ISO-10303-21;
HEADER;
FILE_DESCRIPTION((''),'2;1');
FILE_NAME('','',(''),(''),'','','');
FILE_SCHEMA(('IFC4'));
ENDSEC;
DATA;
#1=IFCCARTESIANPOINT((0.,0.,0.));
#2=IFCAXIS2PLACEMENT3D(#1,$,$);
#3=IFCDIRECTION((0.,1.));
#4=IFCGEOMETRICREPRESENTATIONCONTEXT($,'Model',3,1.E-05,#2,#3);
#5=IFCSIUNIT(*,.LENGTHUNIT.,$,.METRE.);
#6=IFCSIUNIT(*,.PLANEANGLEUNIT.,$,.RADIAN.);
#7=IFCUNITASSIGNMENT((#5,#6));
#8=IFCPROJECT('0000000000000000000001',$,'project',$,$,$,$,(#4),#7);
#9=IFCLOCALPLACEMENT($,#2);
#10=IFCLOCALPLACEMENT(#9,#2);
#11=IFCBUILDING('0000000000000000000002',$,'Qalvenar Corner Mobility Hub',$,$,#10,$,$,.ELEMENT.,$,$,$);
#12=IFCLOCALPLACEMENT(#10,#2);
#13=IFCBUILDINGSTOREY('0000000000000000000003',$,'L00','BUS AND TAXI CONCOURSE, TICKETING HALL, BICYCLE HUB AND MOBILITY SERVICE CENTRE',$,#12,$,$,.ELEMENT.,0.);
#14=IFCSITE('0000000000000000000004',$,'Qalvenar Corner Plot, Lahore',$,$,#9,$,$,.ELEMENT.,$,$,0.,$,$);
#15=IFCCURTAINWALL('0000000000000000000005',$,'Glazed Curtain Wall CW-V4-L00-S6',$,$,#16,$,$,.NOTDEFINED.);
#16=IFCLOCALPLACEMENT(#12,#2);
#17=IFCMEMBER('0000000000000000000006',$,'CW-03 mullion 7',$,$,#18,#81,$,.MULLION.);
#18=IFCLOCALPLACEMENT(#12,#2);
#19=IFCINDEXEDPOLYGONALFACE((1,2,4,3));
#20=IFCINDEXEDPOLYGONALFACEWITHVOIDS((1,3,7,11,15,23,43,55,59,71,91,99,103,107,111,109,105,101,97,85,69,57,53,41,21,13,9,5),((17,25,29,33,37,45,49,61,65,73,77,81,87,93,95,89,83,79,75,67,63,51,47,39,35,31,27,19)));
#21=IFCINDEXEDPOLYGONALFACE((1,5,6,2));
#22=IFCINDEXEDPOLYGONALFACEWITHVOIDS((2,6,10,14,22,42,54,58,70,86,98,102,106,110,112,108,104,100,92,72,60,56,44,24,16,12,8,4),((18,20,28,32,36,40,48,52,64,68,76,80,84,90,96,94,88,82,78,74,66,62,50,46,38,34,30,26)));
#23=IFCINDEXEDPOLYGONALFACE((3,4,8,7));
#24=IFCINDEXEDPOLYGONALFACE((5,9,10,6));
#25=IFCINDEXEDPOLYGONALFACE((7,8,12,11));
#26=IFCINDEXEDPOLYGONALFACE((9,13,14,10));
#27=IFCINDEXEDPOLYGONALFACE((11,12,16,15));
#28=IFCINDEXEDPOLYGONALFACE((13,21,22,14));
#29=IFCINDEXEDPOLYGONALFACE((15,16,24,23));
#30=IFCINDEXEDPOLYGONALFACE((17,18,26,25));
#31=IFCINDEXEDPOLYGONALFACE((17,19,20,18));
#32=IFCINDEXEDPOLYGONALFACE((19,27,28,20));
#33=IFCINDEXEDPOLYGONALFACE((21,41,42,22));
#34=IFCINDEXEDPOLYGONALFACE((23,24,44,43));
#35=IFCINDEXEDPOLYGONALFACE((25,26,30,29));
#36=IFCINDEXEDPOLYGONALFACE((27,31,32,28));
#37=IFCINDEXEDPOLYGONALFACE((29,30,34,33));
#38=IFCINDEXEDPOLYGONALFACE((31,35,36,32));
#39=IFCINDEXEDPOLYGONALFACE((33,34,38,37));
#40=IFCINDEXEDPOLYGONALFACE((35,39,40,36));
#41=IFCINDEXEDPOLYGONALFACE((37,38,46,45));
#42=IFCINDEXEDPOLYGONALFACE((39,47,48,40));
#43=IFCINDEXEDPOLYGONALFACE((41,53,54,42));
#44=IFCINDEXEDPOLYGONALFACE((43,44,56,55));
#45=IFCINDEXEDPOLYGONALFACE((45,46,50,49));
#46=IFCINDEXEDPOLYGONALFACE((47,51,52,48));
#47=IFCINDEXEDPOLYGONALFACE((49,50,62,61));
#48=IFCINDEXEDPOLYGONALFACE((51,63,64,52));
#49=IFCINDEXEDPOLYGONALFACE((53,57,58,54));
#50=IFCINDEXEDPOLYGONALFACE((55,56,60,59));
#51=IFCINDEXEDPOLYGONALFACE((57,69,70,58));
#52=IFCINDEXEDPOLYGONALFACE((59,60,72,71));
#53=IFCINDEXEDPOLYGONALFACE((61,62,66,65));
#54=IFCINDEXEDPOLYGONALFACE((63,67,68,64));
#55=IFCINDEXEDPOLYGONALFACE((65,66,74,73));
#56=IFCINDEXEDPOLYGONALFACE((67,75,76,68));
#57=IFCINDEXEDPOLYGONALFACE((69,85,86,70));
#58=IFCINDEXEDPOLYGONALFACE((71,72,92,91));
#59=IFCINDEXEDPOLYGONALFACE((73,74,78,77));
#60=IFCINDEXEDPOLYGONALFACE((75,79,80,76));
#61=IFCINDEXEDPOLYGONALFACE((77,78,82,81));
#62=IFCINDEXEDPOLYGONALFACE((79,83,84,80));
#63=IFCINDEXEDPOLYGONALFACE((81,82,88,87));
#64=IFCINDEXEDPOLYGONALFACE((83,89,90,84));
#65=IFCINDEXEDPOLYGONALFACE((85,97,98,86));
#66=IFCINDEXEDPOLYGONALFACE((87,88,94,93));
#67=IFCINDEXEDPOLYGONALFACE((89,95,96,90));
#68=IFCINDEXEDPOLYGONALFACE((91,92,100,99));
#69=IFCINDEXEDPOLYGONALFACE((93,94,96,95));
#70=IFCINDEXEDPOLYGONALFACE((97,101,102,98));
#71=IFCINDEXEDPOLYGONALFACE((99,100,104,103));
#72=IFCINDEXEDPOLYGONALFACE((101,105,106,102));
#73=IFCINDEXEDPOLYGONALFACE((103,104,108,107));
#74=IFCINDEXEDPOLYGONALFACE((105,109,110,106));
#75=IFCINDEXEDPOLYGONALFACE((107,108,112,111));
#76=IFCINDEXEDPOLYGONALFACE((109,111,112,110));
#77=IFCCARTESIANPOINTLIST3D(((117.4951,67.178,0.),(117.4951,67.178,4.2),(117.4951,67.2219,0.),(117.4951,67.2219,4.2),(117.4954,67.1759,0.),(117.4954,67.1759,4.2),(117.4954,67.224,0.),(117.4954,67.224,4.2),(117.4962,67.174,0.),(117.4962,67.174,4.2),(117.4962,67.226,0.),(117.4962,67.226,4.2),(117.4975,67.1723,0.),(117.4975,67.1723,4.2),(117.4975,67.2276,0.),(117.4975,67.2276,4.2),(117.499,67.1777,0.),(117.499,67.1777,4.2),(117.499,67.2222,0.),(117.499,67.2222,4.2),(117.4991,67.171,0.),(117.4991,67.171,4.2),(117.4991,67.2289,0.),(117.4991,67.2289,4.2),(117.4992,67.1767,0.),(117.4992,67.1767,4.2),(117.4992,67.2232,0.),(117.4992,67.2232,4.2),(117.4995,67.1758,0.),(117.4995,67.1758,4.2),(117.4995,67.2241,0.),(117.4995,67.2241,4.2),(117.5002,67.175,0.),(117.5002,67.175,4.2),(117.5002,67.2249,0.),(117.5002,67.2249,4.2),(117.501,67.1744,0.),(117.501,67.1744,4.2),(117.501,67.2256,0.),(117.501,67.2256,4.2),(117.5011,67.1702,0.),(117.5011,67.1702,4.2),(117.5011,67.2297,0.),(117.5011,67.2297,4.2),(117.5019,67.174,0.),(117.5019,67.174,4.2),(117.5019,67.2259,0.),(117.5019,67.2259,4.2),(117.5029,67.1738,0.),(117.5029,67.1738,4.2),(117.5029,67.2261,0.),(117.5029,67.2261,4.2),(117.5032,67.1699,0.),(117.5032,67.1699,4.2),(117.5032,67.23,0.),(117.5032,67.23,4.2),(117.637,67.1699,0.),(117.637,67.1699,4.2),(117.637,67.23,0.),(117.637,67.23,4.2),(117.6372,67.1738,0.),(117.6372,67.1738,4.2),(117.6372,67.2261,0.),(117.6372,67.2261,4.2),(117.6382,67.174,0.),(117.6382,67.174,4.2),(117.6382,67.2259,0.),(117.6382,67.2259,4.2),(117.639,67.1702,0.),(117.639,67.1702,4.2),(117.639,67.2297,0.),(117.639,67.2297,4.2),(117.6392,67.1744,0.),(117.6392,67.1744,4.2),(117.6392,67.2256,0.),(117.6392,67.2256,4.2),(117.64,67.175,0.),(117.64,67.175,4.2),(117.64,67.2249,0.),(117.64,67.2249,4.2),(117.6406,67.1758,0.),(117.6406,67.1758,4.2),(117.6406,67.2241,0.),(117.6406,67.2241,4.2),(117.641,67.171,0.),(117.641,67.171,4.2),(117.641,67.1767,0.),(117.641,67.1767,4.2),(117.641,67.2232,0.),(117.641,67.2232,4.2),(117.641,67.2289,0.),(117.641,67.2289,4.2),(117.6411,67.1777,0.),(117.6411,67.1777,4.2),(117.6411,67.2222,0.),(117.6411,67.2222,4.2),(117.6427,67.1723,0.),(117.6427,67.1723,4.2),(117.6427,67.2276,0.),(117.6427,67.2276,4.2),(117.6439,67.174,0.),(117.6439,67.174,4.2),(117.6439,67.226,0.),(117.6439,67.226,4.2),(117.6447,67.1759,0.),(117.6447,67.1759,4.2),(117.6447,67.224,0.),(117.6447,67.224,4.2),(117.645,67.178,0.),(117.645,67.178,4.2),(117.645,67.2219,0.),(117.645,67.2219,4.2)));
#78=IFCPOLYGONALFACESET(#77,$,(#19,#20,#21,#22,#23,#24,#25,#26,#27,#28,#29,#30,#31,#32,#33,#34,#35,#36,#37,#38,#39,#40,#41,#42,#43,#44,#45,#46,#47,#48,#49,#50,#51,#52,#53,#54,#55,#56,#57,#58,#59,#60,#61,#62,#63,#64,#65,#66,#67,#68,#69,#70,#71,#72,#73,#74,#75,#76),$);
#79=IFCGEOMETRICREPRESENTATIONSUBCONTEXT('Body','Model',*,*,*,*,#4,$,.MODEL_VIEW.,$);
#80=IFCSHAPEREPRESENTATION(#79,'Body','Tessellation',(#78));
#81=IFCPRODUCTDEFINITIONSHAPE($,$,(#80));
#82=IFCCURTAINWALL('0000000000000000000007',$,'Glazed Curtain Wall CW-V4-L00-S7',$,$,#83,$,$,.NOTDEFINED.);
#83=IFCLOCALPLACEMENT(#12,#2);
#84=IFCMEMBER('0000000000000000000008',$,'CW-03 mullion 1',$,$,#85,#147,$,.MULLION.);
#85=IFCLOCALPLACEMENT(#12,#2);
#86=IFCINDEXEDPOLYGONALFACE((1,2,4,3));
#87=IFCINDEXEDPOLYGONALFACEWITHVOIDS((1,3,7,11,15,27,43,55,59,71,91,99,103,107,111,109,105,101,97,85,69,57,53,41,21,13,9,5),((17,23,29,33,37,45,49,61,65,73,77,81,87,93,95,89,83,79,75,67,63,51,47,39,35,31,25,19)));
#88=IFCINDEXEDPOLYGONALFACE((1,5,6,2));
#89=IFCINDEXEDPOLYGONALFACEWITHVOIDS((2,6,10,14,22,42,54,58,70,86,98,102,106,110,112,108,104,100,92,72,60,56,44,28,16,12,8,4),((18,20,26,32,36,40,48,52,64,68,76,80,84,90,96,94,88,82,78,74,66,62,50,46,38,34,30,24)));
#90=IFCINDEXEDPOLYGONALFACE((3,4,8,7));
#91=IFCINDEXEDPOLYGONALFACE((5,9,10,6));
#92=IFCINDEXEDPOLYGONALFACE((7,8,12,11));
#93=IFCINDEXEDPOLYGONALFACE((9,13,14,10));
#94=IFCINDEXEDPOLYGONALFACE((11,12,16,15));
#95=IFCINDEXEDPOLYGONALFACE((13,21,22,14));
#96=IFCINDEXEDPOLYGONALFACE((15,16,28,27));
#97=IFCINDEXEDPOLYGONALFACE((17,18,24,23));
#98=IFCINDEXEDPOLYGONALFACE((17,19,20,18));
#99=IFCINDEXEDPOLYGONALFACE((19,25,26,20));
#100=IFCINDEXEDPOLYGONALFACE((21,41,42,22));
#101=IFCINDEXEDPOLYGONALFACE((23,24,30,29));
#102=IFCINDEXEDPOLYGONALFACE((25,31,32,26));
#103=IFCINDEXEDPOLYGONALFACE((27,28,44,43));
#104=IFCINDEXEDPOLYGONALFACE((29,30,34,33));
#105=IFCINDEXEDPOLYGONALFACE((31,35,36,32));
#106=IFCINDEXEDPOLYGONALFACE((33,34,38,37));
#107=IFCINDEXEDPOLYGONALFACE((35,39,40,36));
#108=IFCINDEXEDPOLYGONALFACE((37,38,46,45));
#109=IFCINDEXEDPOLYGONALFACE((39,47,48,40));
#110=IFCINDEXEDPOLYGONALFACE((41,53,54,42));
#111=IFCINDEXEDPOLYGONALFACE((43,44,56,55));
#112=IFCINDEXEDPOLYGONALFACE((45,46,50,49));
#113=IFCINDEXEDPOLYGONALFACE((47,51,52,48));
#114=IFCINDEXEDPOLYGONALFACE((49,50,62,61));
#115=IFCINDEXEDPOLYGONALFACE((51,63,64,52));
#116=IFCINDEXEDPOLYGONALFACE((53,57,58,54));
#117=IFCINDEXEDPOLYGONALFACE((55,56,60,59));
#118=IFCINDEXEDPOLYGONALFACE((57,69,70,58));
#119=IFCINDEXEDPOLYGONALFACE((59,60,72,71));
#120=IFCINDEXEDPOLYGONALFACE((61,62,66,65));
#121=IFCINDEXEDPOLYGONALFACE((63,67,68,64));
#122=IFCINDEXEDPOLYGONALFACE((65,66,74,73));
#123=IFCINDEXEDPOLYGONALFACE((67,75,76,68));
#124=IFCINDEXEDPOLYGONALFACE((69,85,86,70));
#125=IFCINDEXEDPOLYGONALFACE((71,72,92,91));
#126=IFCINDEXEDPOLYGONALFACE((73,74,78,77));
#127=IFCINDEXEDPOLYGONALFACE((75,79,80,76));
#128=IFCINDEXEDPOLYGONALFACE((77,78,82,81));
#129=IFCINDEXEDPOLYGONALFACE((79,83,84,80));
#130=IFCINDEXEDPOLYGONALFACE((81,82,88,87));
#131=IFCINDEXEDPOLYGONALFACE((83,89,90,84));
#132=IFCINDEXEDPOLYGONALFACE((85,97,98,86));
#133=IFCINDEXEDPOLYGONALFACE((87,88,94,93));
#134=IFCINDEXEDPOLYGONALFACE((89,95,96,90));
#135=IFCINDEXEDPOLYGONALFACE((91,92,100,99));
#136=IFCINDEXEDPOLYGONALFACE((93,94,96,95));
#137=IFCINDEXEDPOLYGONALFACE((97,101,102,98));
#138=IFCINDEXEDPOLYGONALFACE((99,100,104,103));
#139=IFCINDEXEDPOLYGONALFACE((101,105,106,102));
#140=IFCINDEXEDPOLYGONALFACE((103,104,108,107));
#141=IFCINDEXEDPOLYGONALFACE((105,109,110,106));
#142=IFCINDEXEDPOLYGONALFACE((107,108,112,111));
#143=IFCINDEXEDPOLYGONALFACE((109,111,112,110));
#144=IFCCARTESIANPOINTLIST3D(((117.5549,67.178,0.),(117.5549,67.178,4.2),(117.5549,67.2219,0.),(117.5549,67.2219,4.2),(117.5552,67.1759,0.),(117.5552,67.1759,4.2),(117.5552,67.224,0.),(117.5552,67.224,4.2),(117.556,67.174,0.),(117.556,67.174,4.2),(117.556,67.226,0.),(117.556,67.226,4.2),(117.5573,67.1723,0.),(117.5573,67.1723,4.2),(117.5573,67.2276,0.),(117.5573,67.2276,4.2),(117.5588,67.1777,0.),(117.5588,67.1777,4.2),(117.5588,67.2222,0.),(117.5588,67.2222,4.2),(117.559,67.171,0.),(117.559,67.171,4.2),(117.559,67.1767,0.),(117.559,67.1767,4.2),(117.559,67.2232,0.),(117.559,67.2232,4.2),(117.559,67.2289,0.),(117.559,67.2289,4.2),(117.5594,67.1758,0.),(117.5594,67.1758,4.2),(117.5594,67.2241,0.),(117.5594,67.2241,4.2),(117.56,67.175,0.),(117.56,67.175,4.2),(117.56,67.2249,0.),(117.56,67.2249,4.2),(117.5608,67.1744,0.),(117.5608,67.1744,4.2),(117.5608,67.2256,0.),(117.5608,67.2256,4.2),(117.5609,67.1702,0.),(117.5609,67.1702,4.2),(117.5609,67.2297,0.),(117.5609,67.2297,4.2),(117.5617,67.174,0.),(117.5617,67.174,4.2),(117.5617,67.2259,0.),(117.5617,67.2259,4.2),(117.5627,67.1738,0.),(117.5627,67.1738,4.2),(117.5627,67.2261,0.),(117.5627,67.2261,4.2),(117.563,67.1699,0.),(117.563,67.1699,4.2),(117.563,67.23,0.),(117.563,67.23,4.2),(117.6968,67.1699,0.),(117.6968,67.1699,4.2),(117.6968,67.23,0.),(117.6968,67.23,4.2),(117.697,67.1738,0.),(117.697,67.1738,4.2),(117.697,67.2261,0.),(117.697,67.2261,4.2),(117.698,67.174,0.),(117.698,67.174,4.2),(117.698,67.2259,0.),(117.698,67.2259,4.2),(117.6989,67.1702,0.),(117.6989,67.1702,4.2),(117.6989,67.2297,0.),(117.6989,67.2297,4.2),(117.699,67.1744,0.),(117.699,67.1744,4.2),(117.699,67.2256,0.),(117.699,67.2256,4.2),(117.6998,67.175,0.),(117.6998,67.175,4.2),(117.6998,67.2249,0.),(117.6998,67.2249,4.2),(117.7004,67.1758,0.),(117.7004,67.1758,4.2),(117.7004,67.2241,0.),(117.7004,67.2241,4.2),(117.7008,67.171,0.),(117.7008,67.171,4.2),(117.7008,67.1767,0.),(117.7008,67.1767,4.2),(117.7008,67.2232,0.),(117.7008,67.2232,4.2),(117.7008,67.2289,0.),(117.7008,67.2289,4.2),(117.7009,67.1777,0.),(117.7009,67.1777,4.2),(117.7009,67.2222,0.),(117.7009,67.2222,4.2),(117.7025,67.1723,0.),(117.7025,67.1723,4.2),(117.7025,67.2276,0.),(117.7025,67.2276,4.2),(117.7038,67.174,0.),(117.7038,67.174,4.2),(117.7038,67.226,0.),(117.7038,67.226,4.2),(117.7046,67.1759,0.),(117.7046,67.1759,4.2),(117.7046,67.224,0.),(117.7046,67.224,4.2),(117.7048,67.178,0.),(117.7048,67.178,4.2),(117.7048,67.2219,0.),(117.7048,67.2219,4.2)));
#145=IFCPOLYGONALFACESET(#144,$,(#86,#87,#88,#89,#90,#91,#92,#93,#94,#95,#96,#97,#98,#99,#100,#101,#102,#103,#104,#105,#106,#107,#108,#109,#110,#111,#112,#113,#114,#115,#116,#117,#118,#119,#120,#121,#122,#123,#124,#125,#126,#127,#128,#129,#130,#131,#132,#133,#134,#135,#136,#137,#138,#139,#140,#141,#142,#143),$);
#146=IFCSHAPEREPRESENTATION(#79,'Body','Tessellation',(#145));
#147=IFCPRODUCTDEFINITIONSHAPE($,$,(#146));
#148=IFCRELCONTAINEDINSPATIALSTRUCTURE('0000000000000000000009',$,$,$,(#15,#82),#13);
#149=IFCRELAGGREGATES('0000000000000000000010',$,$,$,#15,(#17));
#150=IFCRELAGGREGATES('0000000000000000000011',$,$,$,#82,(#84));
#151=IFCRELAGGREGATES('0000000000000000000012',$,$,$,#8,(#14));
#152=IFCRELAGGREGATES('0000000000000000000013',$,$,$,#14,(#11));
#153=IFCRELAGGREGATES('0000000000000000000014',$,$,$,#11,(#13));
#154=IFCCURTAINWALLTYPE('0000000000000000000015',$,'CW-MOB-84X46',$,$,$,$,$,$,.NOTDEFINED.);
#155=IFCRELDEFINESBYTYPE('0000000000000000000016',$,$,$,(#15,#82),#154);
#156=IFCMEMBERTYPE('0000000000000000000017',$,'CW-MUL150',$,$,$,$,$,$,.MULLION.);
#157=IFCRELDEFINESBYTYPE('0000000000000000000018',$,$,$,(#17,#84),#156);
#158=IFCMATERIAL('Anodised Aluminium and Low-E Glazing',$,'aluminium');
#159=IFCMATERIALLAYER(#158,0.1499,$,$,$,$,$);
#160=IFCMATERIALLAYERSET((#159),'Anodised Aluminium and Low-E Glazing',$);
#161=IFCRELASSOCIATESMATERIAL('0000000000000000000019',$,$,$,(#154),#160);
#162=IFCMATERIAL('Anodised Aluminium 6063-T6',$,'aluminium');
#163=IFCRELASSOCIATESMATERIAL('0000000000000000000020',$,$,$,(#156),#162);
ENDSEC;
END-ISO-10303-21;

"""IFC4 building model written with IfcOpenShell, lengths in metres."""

from ifc_helpers import new_model, si_unit, direction, frame, origin, origin_2d, place, context, subcontext, project, spatial, hollow_rectangle, extrude, material, layer, layer_set, material_profile, profile_set, type_object, element, aggregate, save


model = new_model("IFC4")

# Units and contexts
model_context = context("Model", 3, precision=1e-05, world=origin(), true_north=direction((0.0, 1.0)))
body_context = subcontext(model_context, "Body", "Model", "MODEL_VIEW")
ifc_project = project(units=[si_unit("LENGTHUNIT", "METRE"), si_unit("PLANEANGLEUNIT", "RADIAN")], contexts=[model_context])

# Site, building, storey
site_placement = place(None, origin())
site = spatial("IfcSite", under=ifc_project, at=site_placement, Name="Qalvenar Corner Plot, Lahore", CompositionType="ELEMENT", RefElevation=0.0)
building_placement = place(site_placement, origin())
building = spatial("IfcBuilding", under=site, at=building_placement, Name="Qalvenar Corner Mobility Hub", CompositionType="ELEMENT")
storey_placement = place(building_placement, origin())
storey = spatial("IfcBuildingStorey", under=building, at=storey_placement, Name="L00", Description="BUS AND TAXI CONCOURSE, TICKETING HALL, BICYCLE HUB AND MOBILITY SERVICE CENTRE", CompositionType="ELEMENT", Elevation=0.0)

# Curtain wall, member
ifc_material_1 = material(Name="Anodised Aluminium and Low-E Glazing", Category="aluminium")
ifc_layer_1 = layer(ifc_material_1, 0.1499)
ifc_layer_set_1 = layer_set([ifc_layer_1], Name="Anodised Aluminium and Low-E Glazing")
curtain_wall_type = type_object("IfcCurtainWallType", Name="CW-MOB-84X46", PredefinedType="NOTDEFINED", material=ifc_layer_set_1)
curtain_wall_1_placement = place(storey_placement, origin())
curtain_wall_1 = element("IfcCurtainWall", 1, at=curtain_wall_1_placement, inside=storey, type_object=curtain_wall_type, Name="Glazed Curtain Wall CW-V4-L00-S6", PredefinedType="NOTDEFINED")
ifc_material_2 = material(Name="Anodised Aluminium 6063-T6", Category="aluminium")
ifc_material_profile_1 = material_profile(ifc_material_2, hollow_rectangle(XDim=0.0601, YDim=0.1499, WallThickness=0.0039, InnerFilletRadius=0.0039, OuterFilletRadius=0.0081, at=origin_2d()), Name="RHS150x60x4")
ifc_profile_set_1 = profile_set([ifc_material_profile_1], Name="Anodised Aluminium 6063-T6")
member_type_1 = type_object("IfcMemberType", Name="CW-MUL150", PredefinedType="MULLION", material=ifc_profile_set_1)
member_1_placement = place(storey_placement, frame((117.5701, 67.2, 0.0), z_axis=(0.0, 0.0, 1.0), x_axis=(0.0, 1.0, 0.0)))
member_1 = element("IfcMember", 2, at=member_1_placement, type_object=member_type_1, Name="CW-03 mullion 7", PredefinedType="MULLION", context=body_context, shape_type="SweptSolid", body=[
    extrude(hollow_rectangle(XDim=0.0601, YDim=0.1499, WallThickness=0.0039, InnerFilletRadius=0.0039, OuterFilletRadius=0.0081, at=origin_2d()), origin(), (0.0, 0.0, 1.0), 4.2),
])
aggregate(curtain_wall_1, [member_1])

# Curtain wall, member
curtain_wall_2_placement = place(storey_placement, origin())
curtain_wall_2 = element("IfcCurtainWall", 3, at=curtain_wall_2_placement, inside=storey, type_object=curtain_wall_type, Name="Glazed Curtain Wall CW-V4-L00-S7", PredefinedType="NOTDEFINED")
member_2_placement = place(storey_placement, frame((117.6299, 67.2, 0.0), z_axis=(0.0, 0.0, 1.0), x_axis=(0.0, 1.0, 0.0)))
member_2 = element("IfcMember", 4, at=member_2_placement, type_object=member_type_1, Name="CW-03 mullion 1", PredefinedType="MULLION", context=body_context, shape_type="SweptSolid", body=[
    extrude(hollow_rectangle(XDim=0.0601, YDim=0.1499, WallThickness=0.0039, InnerFilletRadius=0.0039, OuterFilletRadius=0.0081, at=origin_2d()), origin(), (0.0, 0.0, 1.0), 4.2),
])
aggregate(curtain_wall_2, [member_2])

save(model, "model.ifc")
